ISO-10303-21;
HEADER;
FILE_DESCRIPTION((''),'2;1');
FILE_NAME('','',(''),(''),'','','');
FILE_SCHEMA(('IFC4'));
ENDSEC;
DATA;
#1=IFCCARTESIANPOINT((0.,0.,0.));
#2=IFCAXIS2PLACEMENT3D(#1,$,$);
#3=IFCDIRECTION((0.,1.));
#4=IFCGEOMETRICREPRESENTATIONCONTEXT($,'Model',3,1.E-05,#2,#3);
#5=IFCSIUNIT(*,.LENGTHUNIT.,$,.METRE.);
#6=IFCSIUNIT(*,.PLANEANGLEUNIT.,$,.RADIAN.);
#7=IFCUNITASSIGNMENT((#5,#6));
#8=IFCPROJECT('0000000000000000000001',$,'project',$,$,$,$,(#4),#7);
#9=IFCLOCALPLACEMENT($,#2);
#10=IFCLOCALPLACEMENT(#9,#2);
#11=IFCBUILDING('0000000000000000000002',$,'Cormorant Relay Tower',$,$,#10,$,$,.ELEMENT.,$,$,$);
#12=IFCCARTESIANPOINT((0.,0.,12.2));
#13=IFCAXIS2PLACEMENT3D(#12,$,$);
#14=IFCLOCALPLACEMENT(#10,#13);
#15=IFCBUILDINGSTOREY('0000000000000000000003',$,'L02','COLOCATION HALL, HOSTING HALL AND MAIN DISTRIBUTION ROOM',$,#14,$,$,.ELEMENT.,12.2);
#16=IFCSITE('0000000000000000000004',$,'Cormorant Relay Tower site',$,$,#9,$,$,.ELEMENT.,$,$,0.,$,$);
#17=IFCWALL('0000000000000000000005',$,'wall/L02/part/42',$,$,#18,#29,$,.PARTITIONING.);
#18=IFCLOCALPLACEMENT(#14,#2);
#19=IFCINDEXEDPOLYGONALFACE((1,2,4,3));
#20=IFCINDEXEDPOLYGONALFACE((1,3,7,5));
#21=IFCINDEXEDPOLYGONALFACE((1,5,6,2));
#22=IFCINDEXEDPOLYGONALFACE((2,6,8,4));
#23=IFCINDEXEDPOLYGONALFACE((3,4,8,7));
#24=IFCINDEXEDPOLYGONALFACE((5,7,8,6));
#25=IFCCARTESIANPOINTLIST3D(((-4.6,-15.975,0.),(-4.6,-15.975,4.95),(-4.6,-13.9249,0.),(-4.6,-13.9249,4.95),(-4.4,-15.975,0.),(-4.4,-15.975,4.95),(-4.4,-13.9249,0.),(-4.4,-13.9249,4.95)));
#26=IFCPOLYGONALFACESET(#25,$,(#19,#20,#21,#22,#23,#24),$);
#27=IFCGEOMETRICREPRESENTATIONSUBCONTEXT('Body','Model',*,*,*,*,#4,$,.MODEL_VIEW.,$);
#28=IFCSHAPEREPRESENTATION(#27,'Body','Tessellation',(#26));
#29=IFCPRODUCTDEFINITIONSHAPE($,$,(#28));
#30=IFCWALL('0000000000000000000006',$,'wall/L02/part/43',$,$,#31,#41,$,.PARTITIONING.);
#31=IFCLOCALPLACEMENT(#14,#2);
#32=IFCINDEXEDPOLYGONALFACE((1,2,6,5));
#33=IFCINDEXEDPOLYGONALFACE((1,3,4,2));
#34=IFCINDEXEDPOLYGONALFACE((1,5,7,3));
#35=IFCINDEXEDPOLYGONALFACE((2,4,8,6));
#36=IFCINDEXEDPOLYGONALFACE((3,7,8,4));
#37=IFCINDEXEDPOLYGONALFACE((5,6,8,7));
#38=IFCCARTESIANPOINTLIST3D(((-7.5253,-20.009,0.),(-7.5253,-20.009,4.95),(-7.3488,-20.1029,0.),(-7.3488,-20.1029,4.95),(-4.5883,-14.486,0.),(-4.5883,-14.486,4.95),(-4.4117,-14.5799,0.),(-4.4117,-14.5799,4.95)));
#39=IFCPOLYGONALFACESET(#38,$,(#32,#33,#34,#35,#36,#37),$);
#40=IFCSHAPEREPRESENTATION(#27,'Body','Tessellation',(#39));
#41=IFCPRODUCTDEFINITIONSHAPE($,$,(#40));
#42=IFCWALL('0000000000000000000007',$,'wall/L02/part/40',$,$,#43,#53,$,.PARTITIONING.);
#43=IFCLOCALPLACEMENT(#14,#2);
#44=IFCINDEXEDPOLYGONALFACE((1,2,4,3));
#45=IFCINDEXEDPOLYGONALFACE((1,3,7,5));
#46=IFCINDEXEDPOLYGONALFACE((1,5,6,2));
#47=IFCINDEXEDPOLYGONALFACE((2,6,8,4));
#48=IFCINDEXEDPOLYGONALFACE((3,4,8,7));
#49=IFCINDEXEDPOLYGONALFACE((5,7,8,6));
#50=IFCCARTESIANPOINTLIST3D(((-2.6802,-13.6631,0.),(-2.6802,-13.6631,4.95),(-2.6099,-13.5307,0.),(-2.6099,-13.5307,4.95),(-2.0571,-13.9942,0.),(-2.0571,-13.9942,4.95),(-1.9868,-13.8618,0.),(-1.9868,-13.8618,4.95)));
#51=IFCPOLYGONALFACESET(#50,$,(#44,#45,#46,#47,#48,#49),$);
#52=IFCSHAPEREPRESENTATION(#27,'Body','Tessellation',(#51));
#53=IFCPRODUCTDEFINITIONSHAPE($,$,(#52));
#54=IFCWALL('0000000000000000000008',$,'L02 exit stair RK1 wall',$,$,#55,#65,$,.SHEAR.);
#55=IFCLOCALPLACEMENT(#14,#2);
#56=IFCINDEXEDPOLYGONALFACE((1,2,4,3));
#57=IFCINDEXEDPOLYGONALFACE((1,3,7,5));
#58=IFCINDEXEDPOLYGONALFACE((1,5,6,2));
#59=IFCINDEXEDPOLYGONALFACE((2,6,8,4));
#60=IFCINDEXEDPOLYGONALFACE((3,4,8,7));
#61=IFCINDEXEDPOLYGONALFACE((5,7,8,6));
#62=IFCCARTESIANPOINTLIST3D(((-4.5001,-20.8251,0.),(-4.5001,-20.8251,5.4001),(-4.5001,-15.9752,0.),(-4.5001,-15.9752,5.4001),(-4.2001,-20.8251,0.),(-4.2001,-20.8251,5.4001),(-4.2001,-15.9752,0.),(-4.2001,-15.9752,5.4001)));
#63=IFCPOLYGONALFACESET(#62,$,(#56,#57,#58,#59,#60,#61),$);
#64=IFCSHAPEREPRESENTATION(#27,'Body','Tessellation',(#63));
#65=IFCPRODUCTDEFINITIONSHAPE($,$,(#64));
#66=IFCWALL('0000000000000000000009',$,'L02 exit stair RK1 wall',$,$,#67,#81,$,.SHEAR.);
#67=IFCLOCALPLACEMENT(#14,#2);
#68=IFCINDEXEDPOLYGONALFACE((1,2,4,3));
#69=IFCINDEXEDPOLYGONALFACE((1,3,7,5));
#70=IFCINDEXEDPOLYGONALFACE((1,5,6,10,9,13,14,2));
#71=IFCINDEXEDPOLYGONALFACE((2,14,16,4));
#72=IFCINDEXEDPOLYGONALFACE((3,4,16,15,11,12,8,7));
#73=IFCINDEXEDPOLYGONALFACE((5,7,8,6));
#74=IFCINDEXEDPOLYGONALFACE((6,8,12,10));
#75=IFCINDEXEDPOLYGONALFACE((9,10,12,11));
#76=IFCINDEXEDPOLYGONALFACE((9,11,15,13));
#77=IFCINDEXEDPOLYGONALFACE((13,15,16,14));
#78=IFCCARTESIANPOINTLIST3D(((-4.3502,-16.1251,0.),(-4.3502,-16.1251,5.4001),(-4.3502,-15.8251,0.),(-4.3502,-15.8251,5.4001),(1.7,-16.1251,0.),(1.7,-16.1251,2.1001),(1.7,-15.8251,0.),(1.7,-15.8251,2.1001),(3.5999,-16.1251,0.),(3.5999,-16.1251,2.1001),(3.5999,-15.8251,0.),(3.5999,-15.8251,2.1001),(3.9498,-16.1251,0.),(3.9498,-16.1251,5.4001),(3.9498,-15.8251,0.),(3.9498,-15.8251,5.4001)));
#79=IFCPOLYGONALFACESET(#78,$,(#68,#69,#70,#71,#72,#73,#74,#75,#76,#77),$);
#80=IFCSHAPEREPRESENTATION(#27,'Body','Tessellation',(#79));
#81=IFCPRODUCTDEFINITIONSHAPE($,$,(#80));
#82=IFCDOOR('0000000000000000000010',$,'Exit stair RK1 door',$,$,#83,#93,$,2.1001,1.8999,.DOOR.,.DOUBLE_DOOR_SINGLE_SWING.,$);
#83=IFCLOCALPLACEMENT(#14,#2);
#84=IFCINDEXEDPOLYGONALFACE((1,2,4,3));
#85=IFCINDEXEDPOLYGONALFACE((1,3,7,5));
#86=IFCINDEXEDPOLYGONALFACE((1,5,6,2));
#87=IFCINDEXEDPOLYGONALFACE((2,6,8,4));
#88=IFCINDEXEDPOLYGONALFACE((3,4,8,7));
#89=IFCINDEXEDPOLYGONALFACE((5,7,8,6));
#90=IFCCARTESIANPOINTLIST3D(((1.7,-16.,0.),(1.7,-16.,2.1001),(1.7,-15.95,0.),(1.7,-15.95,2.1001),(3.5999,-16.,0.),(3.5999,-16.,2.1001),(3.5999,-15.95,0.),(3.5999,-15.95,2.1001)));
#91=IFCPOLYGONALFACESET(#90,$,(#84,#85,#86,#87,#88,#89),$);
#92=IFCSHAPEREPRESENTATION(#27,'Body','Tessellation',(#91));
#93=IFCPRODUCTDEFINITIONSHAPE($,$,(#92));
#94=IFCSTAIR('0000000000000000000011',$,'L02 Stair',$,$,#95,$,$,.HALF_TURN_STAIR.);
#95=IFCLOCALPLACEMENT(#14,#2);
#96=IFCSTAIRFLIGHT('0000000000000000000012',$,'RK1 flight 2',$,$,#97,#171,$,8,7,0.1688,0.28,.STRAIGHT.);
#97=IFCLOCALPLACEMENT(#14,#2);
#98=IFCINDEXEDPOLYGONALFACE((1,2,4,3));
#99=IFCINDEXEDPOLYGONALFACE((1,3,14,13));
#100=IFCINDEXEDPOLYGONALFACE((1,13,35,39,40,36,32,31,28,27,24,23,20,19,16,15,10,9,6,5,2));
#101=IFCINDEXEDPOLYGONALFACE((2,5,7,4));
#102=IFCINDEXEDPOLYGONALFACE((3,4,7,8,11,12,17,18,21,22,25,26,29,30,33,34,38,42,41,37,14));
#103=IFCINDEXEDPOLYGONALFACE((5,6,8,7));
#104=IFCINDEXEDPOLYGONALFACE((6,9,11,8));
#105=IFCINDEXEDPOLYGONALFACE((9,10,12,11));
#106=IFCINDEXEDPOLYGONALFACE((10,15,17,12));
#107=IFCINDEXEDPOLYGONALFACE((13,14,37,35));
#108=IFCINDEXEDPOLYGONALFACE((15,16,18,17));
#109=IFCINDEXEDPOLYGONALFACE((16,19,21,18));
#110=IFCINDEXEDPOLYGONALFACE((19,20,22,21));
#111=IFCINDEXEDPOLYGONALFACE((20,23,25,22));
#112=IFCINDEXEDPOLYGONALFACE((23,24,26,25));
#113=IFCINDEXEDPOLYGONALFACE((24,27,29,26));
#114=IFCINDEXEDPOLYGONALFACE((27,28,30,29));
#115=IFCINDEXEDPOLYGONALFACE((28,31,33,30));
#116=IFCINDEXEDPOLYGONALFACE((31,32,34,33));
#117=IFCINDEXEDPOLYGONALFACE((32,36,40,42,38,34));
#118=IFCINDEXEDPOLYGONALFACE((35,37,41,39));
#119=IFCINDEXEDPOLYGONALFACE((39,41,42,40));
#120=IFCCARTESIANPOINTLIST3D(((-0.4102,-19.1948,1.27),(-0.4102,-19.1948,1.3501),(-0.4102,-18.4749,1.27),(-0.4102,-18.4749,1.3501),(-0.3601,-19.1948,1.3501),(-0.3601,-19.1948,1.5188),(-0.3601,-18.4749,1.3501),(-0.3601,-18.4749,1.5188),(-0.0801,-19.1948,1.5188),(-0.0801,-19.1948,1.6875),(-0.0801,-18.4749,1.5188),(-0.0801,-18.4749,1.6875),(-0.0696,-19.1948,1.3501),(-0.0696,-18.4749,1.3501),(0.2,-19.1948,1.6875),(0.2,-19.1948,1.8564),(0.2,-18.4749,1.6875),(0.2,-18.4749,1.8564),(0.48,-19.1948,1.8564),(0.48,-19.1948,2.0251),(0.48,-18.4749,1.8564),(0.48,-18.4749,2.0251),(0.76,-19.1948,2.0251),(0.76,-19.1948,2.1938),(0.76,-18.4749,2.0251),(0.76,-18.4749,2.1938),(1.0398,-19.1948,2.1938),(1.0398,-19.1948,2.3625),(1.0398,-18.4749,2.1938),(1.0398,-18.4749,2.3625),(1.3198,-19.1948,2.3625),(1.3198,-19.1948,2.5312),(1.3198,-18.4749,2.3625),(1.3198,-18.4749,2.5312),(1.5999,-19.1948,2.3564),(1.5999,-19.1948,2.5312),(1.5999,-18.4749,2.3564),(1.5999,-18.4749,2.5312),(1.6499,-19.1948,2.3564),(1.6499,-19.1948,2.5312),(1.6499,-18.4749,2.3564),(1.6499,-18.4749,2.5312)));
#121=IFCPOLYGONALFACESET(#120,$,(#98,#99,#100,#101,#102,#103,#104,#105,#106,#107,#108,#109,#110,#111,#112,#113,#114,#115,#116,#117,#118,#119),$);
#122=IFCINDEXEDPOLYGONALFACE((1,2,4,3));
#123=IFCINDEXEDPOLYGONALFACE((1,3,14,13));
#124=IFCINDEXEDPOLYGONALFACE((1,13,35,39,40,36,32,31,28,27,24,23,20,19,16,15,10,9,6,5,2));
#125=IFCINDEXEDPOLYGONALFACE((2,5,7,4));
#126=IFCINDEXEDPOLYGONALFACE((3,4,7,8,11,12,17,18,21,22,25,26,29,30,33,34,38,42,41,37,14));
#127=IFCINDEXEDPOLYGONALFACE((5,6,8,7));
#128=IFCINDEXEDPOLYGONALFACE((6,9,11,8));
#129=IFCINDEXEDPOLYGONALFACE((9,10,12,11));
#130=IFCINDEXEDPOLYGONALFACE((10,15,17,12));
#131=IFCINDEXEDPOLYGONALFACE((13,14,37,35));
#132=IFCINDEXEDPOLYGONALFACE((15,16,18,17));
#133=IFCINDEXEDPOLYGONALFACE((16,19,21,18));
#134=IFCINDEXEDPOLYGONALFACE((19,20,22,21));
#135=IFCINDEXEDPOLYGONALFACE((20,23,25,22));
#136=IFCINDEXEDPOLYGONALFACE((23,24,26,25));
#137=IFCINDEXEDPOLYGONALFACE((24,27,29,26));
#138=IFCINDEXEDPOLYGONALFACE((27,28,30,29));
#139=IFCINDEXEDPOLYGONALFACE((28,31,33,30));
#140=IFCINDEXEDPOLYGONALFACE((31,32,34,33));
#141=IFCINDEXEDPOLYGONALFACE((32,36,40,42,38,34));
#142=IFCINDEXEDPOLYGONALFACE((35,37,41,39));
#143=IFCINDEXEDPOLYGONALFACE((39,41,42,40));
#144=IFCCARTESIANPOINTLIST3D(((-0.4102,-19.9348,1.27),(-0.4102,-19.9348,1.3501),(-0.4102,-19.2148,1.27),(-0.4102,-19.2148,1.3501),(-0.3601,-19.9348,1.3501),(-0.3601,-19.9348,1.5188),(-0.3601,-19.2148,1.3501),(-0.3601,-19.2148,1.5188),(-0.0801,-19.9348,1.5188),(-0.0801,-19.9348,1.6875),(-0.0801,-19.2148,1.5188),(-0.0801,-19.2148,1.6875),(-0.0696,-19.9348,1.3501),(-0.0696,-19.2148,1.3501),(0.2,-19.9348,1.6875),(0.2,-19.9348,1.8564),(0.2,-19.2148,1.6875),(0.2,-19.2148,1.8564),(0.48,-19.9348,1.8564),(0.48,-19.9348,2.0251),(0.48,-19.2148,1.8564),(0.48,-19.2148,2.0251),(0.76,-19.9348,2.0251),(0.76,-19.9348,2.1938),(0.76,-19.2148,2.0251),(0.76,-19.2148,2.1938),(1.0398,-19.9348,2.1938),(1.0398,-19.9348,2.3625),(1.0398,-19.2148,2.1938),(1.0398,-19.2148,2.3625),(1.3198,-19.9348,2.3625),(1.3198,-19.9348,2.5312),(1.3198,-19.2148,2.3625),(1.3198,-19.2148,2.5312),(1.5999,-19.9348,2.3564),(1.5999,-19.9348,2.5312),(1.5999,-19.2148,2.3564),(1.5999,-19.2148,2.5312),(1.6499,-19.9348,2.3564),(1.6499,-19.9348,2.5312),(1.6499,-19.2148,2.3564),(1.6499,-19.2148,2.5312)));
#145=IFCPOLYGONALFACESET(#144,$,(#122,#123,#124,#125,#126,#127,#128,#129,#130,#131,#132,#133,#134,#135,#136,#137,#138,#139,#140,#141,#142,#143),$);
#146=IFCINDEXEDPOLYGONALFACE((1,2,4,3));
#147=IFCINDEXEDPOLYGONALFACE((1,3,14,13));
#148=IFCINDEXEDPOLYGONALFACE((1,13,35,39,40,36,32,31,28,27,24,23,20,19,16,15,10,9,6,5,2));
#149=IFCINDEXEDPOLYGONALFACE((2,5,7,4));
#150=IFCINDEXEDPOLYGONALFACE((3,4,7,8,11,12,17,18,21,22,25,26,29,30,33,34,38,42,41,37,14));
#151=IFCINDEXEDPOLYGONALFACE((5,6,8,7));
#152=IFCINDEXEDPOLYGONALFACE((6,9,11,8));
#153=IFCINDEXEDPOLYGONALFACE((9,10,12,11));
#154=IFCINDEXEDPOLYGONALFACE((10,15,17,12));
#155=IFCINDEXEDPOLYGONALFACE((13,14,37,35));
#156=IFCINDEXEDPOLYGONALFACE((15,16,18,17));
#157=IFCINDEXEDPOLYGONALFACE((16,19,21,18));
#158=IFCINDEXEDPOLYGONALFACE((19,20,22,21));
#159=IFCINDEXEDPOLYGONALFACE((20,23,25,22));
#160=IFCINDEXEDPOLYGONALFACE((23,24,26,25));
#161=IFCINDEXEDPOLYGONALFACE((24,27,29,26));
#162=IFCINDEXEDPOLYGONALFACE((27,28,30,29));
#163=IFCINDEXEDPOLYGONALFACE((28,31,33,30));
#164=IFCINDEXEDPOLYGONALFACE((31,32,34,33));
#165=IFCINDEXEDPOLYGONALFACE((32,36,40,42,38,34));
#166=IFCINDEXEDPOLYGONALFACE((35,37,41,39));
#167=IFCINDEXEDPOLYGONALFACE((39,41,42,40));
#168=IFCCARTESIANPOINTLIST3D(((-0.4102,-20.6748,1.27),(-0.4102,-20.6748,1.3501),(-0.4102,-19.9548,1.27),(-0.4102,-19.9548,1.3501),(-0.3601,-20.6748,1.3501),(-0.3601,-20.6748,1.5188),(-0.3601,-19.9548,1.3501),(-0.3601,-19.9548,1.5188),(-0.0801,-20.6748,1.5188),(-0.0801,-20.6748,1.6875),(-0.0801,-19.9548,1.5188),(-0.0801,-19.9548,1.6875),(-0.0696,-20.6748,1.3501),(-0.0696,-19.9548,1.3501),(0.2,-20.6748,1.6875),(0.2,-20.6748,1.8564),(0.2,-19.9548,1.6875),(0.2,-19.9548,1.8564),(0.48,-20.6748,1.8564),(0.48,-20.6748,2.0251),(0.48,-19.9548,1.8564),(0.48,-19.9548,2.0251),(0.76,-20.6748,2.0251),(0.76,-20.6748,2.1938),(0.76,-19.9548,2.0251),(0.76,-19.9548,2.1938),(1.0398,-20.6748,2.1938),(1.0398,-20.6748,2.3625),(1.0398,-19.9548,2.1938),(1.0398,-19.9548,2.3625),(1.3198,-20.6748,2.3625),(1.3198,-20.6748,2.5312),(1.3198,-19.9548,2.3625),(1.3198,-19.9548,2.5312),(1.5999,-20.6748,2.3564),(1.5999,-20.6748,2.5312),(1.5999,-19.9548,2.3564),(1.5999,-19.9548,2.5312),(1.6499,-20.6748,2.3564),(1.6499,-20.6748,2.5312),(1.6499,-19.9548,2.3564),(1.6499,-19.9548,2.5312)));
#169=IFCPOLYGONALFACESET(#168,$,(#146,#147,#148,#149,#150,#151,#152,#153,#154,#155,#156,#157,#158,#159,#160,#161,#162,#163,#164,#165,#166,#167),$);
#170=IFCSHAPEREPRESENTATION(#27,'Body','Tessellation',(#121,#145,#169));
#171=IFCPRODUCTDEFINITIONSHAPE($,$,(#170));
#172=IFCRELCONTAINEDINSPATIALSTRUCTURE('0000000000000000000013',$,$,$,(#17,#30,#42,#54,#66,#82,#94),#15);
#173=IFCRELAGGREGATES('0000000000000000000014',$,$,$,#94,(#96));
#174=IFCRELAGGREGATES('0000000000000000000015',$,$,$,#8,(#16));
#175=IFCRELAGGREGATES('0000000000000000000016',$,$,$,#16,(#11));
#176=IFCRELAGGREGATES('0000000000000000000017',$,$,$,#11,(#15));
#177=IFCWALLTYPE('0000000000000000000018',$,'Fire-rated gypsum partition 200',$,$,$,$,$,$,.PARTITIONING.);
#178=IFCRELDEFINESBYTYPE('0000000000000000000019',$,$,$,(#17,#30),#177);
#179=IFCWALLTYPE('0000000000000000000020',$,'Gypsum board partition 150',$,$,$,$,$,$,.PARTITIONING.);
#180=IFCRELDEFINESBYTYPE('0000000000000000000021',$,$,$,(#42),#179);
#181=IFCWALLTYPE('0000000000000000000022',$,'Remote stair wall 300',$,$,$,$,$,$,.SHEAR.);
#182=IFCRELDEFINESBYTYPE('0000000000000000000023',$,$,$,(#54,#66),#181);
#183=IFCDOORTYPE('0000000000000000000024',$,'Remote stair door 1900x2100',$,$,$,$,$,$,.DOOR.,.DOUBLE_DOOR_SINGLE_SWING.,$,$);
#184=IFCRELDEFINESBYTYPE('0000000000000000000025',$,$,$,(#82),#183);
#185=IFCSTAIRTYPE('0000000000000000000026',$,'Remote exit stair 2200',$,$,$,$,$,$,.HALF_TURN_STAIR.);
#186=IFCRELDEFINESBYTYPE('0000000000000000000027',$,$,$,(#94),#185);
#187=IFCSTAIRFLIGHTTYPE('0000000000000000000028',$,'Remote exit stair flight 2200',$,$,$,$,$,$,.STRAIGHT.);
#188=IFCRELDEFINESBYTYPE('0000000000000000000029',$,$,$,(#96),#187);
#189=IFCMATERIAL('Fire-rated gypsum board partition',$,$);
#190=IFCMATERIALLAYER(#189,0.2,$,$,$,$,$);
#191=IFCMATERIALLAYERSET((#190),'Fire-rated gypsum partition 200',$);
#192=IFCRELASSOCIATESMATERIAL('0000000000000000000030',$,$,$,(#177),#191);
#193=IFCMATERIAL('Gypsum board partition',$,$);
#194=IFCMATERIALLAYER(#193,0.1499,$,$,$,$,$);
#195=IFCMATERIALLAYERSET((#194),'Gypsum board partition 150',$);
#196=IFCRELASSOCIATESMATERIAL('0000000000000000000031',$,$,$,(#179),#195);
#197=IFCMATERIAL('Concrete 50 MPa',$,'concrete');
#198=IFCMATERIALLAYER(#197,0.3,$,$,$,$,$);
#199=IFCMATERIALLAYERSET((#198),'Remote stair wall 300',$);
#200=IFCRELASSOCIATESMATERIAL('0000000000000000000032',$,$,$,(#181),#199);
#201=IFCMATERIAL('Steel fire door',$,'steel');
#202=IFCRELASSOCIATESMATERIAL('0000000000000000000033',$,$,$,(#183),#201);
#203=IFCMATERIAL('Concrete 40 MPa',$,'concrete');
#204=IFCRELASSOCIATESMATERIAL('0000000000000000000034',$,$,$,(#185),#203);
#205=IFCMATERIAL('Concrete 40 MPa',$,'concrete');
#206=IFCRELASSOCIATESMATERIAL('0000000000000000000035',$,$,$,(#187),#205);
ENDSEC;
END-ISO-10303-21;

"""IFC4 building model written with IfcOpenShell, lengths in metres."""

from ifc_helpers import new_model, si_unit, direction, frame, frame_2d, origin, place, context, subcontext, project, spatial, polyline, rectangle, outline, extrude, material, layer, layer_set, type_object, element, fill, aggregate, save


model = new_model("IFC4")

# Units and contexts
model_context = context("Model", 3, precision=1e-05, world=origin(), true_north=direction((0.0, 1.0)))
body_context = subcontext(model_context, "Body", "Model", "MODEL_VIEW")
ifc_project = project(units=[si_unit("LENGTHUNIT", "METRE"), si_unit("PLANEANGLEUNIT", "RADIAN")], contexts=[model_context])

# Site, building, storey
site_placement = place(None, origin())
site = spatial("IfcSite", under=ifc_project, at=site_placement, Name="Cormorant Relay Tower site", CompositionType="ELEMENT", RefElevation=0.0)
building_placement = place(site_placement, origin())
building = spatial("IfcBuilding", under=site, at=building_placement, Name="Cormorant Relay Tower", CompositionType="ELEMENT")
storey_placement = place(building_placement, frame((0.0, 0.0, 12.2)))
storey = spatial("IfcBuildingStorey", under=building, at=storey_placement, Name="L02", Description="COLOCATION HALL, HOSTING HALL AND MAIN DISTRIBUTION ROOM", CompositionType="ELEMENT", Elevation=12.2)

# Shared definitions
ifc_material_1 = material(Name="Fire-rated gypsum board partition")
ifc_layer_1 = layer(ifc_material_1, 0.2)
ifc_layer_set_1 = layer_set([ifc_layer_1], Name="Fire-rated gypsum partition 200")
wall_type_1 = type_object("IfcWallType", Name="Fire-rated gypsum partition 200", PredefinedType="PARTITIONING", material=ifc_layer_set_1)

# Walls
wall_1_placement = place(storey_placement, frame((-4.5, -13.925, 0.0), z_axis=(0.0, 0.0, 1.0), x_axis=(0.0, -1.0, 0.0)))
element("IfcWall", 1, at=wall_1_placement, inside=storey, type_object=wall_type_1, Name="wall/L02/part/42", PredefinedType="PARTITIONING", context=body_context, shape_type="SweptSolid", body=[
    extrude(rectangle(XDim=2.05, YDim=0.2, at=frame_2d((1.0249, 0.0))), origin(), (0.0, 0.0, 1.0), 4.95),
])
wall_2_placement = place(storey_placement, frame((-4.5, -14.533, 0.0), z_axis=(0.0, 0.0, 1.0), x_axis=(-0.469522, -0.882921, 0.0)))
element("IfcWall", 2, at=wall_2_placement, inside=storey, type_object=wall_type_1, Name="wall/L02/part/43", PredefinedType="PARTITIONING", context=body_context, shape_type="SweptSolid", body=[
    extrude(rectangle(XDim=6.2554, YDim=0.2, at=frame_2d((3.1277, 0.0))), origin(), (0.0, 0.0, 1.0), 4.95),
])
ifc_material_2 = material(Name="Gypsum board partition")
ifc_layer_2 = layer(ifc_material_2, 0.1499)
ifc_layer_set_2 = layer_set([ifc_layer_2], Name="Gypsum board partition 150")
wall_type_2 = type_object("IfcWallType", Name="Gypsum board partition 150", PredefinedType="PARTITIONING", material=ifc_layer_set_2)
wall_3_placement = place(storey_placement, frame((-2.645, -13.5969, 0.0), z_axis=(0.0, 0.0, 1.0), x_axis=(0.88308, -0.469223, 0.0)))
element("IfcWall", 3, at=wall_3_placement, inside=storey, type_object=wall_type_2, Name="wall/L02/part/40", PredefinedType="PARTITIONING", context=body_context, shape_type="SweptSolid", body=[
    extrude(rectangle(XDim=0.7056, YDim=0.1499, at=frame_2d((0.3528, 0.0))), origin(), (0.0, 0.0, 1.0), 4.95),
])
ifc_material_3 = material(Name="Concrete 50 MPa", Category="concrete")
ifc_layer_3 = layer(ifc_material_3, 0.3)
ifc_layer_set_3 = layer_set([ifc_layer_3], Name="Remote stair wall 300")
wall_type_3 = type_object("IfcWallType", Name="Remote stair wall 300", PredefinedType="SHEAR", material=ifc_layer_set_3)
wall_4_placement = place(storey_placement, frame((-4.3501, -20.825, 0.0), z_axis=(0.0, 0.0, 1.0), x_axis=(0.0, 1.0, 0.0)))
element("IfcWall", 4, at=wall_4_placement, inside=storey, type_object=wall_type_3, Name="L02 exit stair RK1 wall", PredefinedType="SHEAR", context=body_context, shape_type="SweptSolid", body=[
    extrude(rectangle(XDim=4.8499, YDim=0.3, at=frame_2d((2.4248, 0.0))), origin(), (0.0, 0.0, 1.0), 5.4001),
])

# Wall, opening, door
wall_5_placement = place(storey_placement, frame((-4.3501, -15.9751, 0.0), z_axis=(0.0, 0.0, 1.0), x_axis=(1.0, 0.0, 0.0)))
wall_5 = element("IfcWall", 5, at=wall_5_placement, inside=storey, type_object=wall_type_3, Name="L02 exit stair RK1 wall", PredefinedType="SHEAR", context=body_context, shape_type="SweptSolid", body=[
    extrude(rectangle(XDim=8.3, YDim=0.3, at=frame_2d((4.1499, 0.0))), origin(), (0.0, 0.0, 1.0), 5.4001),
])
opening_1_placement = place(wall_5_placement, frame((6.05, 0.0, 0.0)))
opening_1 = element("IfcOpeningElement", 6, at=opening_1_placement, cuts=wall_5, PredefinedType="OPENING", context=body_context, shape_type="SweptSolid", body=[
    extrude(rectangle(XDim=1.8999, YDim=2.1001, at=frame_2d((0.95, 1.05))), frame((0.0, 0.1599, 0.0), z_axis=(0.0, -1.0, 0.0), x_axis=(1.0, 0.0, 0.0)), (0.0, 0.0, 1.0), 0.3201),
])
ifc_material_4 = material(Name="Steel fire door", Category="steel")
door_type_1 = type_object("IfcDoorType", Name="Remote stair door 1900x2100", OperationType="DOUBLE_DOOR_SINGLE_SWING", PredefinedType="DOOR", material=ifc_material_4)
door_1_placement = place(opening_1_placement, frame((1.8999, 0.0, 0.0), z_axis=(0.0, 0.0, 1.0), x_axis=(-1.0, 0.0, 0.0)))
door_1 = element("IfcDoor", 7, at=door_1_placement, inside=storey, type_object=door_type_1, Name="Exit stair RK1 door", OperationType="DOUBLE_DOOR_SINGLE_SWING", OverallHeight=2.1001, OverallWidth=1.8999, PredefinedType="DOOR", context=body_context, shape_type="SweptSolid", body=[
    extrude(rectangle(XDim=1.8999, YDim=2.1001, at=frame_2d((0.95, 1.05))), frame((0.0, 0.0249, 0.0), z_axis=(0.0, -1.0, 0.0), x_axis=(1.0, 0.0, 0.0)), (0.0, 0.0, 1.0), 0.05),
])
fill(opening_1, door_1)

# Stair, stair flight
ifc_material_5 = material(Name="Concrete 40 MPa", Category="concrete")
stair_type = type_object("IfcStairType", Name="Remote exit stair 2200", PredefinedType="HALF_TURN_STAIR", material=ifc_material_5)
stair_placement = place(storey_placement, origin())
stair = element("IfcStair", 8, at=stair_placement, inside=storey, type_object=stair_type, Name="L02 Stair", PredefinedType="HALF_TURN_STAIR")
ifc_material_6 = material(Name="Concrete 40 MPa", Category="concrete")
stair_flight_type = type_object("IfcStairFlightType", Name="Remote exit stair flight 2200", PredefinedType="STRAIGHT", material=ifc_material_6)
stair_flight_1_placement = place(storey_placement, frame((-0.3601, -19.575, 1.3501), z_axis=(0.0, 0.0, 1.0), x_axis=(1.0, 0.0, 0.0)))
stair_flight_1 = element("IfcStairFlight", 9, at=stair_flight_1_placement, type_object=stair_flight_type, Name="RK1 flight 2", NumberOfRisers=8, NumberOfTreads=7, PredefinedType="STRAIGHT", RiserHeight=0.1688, TreadLength=0.28, context=body_context, shape_type="SweptSolid", body=[
    extrude(outline(polyline([(-0.05, -0.0801), (-0.05, 0.0), (0.0, 0.0), (0.0, 0.1687), (0.28, 0.1687), (0.28, 0.3374), (0.5601, 0.3374), (0.5601, 0.5063), (0.8401, 0.5063), (0.8401, 0.675), (1.1201, 0.675), (1.1201, 0.8438), (1.3999, 0.8438), (1.3999, 1.0125), (1.6799, 1.0125), (1.6799, 1.1812), (1.96, 1.1812), (2.01, 1.1812), (2.01, 1.0063), (1.96, 1.0063), (0.2905, 0.0), (-0.05, -0.0801)])), frame((0.0, 1.1001, 0.0), z_axis=(0.0, -1.0, 0.0), x_axis=(1.0, 0.0, 0.0)), (0.0, 0.0, 1.0), 0.72),
    extrude(outline(polyline([(-0.05, -0.0801), (-0.05, 0.0), (0.0, 0.0), (0.0, 0.1687), (0.28, 0.1687), (0.28, 0.3374), (0.5601, 0.3374), (0.5601, 0.5063), (0.8401, 0.5063), (0.8401, 0.675), (1.1201, 0.675), (1.1201, 0.8438), (1.3999, 0.8438), (1.3999, 1.0125), (1.6799, 1.0125), (1.6799, 1.1812), (1.96, 1.1812), (2.01, 1.1812), (2.01, 1.0063), (1.96, 1.0063), (0.2905, 0.0), (-0.05, -0.0801)])), frame((0.0, 0.3601, 0.0), z_axis=(0.0, -1.0, 0.0), x_axis=(1.0, 0.0, 0.0)), (0.0, 0.0, 1.0), 0.72),
    extrude(outline(polyline([(-0.05, -0.0801), (-0.05, 0.0), (0.0, 0.0), (0.0, 0.1687), (0.28, 0.1687), (0.28, 0.3374), (0.5601, 0.3374), (0.5601, 0.5063), (0.8401, 0.5063), (0.8401, 0.675), (1.1201, 0.675), (1.1201, 0.8438), (1.3999, 0.8438), (1.3999, 1.0125), (1.6799, 1.0125), (1.6799, 1.1812), (1.96, 1.1812), (2.01, 1.1812), (2.01, 1.0063), (1.96, 1.0063), (0.2905, 0.0), (-0.05, -0.0801)])), frame((0.0, -0.3799, 0.0), z_axis=(0.0, -1.0, 0.0), x_axis=(1.0, 0.0, 0.0)), (0.0, 0.0, 1.0), 0.72),
])
aggregate(stair, [stair_flight_1])

save(model, "model.ifc")
